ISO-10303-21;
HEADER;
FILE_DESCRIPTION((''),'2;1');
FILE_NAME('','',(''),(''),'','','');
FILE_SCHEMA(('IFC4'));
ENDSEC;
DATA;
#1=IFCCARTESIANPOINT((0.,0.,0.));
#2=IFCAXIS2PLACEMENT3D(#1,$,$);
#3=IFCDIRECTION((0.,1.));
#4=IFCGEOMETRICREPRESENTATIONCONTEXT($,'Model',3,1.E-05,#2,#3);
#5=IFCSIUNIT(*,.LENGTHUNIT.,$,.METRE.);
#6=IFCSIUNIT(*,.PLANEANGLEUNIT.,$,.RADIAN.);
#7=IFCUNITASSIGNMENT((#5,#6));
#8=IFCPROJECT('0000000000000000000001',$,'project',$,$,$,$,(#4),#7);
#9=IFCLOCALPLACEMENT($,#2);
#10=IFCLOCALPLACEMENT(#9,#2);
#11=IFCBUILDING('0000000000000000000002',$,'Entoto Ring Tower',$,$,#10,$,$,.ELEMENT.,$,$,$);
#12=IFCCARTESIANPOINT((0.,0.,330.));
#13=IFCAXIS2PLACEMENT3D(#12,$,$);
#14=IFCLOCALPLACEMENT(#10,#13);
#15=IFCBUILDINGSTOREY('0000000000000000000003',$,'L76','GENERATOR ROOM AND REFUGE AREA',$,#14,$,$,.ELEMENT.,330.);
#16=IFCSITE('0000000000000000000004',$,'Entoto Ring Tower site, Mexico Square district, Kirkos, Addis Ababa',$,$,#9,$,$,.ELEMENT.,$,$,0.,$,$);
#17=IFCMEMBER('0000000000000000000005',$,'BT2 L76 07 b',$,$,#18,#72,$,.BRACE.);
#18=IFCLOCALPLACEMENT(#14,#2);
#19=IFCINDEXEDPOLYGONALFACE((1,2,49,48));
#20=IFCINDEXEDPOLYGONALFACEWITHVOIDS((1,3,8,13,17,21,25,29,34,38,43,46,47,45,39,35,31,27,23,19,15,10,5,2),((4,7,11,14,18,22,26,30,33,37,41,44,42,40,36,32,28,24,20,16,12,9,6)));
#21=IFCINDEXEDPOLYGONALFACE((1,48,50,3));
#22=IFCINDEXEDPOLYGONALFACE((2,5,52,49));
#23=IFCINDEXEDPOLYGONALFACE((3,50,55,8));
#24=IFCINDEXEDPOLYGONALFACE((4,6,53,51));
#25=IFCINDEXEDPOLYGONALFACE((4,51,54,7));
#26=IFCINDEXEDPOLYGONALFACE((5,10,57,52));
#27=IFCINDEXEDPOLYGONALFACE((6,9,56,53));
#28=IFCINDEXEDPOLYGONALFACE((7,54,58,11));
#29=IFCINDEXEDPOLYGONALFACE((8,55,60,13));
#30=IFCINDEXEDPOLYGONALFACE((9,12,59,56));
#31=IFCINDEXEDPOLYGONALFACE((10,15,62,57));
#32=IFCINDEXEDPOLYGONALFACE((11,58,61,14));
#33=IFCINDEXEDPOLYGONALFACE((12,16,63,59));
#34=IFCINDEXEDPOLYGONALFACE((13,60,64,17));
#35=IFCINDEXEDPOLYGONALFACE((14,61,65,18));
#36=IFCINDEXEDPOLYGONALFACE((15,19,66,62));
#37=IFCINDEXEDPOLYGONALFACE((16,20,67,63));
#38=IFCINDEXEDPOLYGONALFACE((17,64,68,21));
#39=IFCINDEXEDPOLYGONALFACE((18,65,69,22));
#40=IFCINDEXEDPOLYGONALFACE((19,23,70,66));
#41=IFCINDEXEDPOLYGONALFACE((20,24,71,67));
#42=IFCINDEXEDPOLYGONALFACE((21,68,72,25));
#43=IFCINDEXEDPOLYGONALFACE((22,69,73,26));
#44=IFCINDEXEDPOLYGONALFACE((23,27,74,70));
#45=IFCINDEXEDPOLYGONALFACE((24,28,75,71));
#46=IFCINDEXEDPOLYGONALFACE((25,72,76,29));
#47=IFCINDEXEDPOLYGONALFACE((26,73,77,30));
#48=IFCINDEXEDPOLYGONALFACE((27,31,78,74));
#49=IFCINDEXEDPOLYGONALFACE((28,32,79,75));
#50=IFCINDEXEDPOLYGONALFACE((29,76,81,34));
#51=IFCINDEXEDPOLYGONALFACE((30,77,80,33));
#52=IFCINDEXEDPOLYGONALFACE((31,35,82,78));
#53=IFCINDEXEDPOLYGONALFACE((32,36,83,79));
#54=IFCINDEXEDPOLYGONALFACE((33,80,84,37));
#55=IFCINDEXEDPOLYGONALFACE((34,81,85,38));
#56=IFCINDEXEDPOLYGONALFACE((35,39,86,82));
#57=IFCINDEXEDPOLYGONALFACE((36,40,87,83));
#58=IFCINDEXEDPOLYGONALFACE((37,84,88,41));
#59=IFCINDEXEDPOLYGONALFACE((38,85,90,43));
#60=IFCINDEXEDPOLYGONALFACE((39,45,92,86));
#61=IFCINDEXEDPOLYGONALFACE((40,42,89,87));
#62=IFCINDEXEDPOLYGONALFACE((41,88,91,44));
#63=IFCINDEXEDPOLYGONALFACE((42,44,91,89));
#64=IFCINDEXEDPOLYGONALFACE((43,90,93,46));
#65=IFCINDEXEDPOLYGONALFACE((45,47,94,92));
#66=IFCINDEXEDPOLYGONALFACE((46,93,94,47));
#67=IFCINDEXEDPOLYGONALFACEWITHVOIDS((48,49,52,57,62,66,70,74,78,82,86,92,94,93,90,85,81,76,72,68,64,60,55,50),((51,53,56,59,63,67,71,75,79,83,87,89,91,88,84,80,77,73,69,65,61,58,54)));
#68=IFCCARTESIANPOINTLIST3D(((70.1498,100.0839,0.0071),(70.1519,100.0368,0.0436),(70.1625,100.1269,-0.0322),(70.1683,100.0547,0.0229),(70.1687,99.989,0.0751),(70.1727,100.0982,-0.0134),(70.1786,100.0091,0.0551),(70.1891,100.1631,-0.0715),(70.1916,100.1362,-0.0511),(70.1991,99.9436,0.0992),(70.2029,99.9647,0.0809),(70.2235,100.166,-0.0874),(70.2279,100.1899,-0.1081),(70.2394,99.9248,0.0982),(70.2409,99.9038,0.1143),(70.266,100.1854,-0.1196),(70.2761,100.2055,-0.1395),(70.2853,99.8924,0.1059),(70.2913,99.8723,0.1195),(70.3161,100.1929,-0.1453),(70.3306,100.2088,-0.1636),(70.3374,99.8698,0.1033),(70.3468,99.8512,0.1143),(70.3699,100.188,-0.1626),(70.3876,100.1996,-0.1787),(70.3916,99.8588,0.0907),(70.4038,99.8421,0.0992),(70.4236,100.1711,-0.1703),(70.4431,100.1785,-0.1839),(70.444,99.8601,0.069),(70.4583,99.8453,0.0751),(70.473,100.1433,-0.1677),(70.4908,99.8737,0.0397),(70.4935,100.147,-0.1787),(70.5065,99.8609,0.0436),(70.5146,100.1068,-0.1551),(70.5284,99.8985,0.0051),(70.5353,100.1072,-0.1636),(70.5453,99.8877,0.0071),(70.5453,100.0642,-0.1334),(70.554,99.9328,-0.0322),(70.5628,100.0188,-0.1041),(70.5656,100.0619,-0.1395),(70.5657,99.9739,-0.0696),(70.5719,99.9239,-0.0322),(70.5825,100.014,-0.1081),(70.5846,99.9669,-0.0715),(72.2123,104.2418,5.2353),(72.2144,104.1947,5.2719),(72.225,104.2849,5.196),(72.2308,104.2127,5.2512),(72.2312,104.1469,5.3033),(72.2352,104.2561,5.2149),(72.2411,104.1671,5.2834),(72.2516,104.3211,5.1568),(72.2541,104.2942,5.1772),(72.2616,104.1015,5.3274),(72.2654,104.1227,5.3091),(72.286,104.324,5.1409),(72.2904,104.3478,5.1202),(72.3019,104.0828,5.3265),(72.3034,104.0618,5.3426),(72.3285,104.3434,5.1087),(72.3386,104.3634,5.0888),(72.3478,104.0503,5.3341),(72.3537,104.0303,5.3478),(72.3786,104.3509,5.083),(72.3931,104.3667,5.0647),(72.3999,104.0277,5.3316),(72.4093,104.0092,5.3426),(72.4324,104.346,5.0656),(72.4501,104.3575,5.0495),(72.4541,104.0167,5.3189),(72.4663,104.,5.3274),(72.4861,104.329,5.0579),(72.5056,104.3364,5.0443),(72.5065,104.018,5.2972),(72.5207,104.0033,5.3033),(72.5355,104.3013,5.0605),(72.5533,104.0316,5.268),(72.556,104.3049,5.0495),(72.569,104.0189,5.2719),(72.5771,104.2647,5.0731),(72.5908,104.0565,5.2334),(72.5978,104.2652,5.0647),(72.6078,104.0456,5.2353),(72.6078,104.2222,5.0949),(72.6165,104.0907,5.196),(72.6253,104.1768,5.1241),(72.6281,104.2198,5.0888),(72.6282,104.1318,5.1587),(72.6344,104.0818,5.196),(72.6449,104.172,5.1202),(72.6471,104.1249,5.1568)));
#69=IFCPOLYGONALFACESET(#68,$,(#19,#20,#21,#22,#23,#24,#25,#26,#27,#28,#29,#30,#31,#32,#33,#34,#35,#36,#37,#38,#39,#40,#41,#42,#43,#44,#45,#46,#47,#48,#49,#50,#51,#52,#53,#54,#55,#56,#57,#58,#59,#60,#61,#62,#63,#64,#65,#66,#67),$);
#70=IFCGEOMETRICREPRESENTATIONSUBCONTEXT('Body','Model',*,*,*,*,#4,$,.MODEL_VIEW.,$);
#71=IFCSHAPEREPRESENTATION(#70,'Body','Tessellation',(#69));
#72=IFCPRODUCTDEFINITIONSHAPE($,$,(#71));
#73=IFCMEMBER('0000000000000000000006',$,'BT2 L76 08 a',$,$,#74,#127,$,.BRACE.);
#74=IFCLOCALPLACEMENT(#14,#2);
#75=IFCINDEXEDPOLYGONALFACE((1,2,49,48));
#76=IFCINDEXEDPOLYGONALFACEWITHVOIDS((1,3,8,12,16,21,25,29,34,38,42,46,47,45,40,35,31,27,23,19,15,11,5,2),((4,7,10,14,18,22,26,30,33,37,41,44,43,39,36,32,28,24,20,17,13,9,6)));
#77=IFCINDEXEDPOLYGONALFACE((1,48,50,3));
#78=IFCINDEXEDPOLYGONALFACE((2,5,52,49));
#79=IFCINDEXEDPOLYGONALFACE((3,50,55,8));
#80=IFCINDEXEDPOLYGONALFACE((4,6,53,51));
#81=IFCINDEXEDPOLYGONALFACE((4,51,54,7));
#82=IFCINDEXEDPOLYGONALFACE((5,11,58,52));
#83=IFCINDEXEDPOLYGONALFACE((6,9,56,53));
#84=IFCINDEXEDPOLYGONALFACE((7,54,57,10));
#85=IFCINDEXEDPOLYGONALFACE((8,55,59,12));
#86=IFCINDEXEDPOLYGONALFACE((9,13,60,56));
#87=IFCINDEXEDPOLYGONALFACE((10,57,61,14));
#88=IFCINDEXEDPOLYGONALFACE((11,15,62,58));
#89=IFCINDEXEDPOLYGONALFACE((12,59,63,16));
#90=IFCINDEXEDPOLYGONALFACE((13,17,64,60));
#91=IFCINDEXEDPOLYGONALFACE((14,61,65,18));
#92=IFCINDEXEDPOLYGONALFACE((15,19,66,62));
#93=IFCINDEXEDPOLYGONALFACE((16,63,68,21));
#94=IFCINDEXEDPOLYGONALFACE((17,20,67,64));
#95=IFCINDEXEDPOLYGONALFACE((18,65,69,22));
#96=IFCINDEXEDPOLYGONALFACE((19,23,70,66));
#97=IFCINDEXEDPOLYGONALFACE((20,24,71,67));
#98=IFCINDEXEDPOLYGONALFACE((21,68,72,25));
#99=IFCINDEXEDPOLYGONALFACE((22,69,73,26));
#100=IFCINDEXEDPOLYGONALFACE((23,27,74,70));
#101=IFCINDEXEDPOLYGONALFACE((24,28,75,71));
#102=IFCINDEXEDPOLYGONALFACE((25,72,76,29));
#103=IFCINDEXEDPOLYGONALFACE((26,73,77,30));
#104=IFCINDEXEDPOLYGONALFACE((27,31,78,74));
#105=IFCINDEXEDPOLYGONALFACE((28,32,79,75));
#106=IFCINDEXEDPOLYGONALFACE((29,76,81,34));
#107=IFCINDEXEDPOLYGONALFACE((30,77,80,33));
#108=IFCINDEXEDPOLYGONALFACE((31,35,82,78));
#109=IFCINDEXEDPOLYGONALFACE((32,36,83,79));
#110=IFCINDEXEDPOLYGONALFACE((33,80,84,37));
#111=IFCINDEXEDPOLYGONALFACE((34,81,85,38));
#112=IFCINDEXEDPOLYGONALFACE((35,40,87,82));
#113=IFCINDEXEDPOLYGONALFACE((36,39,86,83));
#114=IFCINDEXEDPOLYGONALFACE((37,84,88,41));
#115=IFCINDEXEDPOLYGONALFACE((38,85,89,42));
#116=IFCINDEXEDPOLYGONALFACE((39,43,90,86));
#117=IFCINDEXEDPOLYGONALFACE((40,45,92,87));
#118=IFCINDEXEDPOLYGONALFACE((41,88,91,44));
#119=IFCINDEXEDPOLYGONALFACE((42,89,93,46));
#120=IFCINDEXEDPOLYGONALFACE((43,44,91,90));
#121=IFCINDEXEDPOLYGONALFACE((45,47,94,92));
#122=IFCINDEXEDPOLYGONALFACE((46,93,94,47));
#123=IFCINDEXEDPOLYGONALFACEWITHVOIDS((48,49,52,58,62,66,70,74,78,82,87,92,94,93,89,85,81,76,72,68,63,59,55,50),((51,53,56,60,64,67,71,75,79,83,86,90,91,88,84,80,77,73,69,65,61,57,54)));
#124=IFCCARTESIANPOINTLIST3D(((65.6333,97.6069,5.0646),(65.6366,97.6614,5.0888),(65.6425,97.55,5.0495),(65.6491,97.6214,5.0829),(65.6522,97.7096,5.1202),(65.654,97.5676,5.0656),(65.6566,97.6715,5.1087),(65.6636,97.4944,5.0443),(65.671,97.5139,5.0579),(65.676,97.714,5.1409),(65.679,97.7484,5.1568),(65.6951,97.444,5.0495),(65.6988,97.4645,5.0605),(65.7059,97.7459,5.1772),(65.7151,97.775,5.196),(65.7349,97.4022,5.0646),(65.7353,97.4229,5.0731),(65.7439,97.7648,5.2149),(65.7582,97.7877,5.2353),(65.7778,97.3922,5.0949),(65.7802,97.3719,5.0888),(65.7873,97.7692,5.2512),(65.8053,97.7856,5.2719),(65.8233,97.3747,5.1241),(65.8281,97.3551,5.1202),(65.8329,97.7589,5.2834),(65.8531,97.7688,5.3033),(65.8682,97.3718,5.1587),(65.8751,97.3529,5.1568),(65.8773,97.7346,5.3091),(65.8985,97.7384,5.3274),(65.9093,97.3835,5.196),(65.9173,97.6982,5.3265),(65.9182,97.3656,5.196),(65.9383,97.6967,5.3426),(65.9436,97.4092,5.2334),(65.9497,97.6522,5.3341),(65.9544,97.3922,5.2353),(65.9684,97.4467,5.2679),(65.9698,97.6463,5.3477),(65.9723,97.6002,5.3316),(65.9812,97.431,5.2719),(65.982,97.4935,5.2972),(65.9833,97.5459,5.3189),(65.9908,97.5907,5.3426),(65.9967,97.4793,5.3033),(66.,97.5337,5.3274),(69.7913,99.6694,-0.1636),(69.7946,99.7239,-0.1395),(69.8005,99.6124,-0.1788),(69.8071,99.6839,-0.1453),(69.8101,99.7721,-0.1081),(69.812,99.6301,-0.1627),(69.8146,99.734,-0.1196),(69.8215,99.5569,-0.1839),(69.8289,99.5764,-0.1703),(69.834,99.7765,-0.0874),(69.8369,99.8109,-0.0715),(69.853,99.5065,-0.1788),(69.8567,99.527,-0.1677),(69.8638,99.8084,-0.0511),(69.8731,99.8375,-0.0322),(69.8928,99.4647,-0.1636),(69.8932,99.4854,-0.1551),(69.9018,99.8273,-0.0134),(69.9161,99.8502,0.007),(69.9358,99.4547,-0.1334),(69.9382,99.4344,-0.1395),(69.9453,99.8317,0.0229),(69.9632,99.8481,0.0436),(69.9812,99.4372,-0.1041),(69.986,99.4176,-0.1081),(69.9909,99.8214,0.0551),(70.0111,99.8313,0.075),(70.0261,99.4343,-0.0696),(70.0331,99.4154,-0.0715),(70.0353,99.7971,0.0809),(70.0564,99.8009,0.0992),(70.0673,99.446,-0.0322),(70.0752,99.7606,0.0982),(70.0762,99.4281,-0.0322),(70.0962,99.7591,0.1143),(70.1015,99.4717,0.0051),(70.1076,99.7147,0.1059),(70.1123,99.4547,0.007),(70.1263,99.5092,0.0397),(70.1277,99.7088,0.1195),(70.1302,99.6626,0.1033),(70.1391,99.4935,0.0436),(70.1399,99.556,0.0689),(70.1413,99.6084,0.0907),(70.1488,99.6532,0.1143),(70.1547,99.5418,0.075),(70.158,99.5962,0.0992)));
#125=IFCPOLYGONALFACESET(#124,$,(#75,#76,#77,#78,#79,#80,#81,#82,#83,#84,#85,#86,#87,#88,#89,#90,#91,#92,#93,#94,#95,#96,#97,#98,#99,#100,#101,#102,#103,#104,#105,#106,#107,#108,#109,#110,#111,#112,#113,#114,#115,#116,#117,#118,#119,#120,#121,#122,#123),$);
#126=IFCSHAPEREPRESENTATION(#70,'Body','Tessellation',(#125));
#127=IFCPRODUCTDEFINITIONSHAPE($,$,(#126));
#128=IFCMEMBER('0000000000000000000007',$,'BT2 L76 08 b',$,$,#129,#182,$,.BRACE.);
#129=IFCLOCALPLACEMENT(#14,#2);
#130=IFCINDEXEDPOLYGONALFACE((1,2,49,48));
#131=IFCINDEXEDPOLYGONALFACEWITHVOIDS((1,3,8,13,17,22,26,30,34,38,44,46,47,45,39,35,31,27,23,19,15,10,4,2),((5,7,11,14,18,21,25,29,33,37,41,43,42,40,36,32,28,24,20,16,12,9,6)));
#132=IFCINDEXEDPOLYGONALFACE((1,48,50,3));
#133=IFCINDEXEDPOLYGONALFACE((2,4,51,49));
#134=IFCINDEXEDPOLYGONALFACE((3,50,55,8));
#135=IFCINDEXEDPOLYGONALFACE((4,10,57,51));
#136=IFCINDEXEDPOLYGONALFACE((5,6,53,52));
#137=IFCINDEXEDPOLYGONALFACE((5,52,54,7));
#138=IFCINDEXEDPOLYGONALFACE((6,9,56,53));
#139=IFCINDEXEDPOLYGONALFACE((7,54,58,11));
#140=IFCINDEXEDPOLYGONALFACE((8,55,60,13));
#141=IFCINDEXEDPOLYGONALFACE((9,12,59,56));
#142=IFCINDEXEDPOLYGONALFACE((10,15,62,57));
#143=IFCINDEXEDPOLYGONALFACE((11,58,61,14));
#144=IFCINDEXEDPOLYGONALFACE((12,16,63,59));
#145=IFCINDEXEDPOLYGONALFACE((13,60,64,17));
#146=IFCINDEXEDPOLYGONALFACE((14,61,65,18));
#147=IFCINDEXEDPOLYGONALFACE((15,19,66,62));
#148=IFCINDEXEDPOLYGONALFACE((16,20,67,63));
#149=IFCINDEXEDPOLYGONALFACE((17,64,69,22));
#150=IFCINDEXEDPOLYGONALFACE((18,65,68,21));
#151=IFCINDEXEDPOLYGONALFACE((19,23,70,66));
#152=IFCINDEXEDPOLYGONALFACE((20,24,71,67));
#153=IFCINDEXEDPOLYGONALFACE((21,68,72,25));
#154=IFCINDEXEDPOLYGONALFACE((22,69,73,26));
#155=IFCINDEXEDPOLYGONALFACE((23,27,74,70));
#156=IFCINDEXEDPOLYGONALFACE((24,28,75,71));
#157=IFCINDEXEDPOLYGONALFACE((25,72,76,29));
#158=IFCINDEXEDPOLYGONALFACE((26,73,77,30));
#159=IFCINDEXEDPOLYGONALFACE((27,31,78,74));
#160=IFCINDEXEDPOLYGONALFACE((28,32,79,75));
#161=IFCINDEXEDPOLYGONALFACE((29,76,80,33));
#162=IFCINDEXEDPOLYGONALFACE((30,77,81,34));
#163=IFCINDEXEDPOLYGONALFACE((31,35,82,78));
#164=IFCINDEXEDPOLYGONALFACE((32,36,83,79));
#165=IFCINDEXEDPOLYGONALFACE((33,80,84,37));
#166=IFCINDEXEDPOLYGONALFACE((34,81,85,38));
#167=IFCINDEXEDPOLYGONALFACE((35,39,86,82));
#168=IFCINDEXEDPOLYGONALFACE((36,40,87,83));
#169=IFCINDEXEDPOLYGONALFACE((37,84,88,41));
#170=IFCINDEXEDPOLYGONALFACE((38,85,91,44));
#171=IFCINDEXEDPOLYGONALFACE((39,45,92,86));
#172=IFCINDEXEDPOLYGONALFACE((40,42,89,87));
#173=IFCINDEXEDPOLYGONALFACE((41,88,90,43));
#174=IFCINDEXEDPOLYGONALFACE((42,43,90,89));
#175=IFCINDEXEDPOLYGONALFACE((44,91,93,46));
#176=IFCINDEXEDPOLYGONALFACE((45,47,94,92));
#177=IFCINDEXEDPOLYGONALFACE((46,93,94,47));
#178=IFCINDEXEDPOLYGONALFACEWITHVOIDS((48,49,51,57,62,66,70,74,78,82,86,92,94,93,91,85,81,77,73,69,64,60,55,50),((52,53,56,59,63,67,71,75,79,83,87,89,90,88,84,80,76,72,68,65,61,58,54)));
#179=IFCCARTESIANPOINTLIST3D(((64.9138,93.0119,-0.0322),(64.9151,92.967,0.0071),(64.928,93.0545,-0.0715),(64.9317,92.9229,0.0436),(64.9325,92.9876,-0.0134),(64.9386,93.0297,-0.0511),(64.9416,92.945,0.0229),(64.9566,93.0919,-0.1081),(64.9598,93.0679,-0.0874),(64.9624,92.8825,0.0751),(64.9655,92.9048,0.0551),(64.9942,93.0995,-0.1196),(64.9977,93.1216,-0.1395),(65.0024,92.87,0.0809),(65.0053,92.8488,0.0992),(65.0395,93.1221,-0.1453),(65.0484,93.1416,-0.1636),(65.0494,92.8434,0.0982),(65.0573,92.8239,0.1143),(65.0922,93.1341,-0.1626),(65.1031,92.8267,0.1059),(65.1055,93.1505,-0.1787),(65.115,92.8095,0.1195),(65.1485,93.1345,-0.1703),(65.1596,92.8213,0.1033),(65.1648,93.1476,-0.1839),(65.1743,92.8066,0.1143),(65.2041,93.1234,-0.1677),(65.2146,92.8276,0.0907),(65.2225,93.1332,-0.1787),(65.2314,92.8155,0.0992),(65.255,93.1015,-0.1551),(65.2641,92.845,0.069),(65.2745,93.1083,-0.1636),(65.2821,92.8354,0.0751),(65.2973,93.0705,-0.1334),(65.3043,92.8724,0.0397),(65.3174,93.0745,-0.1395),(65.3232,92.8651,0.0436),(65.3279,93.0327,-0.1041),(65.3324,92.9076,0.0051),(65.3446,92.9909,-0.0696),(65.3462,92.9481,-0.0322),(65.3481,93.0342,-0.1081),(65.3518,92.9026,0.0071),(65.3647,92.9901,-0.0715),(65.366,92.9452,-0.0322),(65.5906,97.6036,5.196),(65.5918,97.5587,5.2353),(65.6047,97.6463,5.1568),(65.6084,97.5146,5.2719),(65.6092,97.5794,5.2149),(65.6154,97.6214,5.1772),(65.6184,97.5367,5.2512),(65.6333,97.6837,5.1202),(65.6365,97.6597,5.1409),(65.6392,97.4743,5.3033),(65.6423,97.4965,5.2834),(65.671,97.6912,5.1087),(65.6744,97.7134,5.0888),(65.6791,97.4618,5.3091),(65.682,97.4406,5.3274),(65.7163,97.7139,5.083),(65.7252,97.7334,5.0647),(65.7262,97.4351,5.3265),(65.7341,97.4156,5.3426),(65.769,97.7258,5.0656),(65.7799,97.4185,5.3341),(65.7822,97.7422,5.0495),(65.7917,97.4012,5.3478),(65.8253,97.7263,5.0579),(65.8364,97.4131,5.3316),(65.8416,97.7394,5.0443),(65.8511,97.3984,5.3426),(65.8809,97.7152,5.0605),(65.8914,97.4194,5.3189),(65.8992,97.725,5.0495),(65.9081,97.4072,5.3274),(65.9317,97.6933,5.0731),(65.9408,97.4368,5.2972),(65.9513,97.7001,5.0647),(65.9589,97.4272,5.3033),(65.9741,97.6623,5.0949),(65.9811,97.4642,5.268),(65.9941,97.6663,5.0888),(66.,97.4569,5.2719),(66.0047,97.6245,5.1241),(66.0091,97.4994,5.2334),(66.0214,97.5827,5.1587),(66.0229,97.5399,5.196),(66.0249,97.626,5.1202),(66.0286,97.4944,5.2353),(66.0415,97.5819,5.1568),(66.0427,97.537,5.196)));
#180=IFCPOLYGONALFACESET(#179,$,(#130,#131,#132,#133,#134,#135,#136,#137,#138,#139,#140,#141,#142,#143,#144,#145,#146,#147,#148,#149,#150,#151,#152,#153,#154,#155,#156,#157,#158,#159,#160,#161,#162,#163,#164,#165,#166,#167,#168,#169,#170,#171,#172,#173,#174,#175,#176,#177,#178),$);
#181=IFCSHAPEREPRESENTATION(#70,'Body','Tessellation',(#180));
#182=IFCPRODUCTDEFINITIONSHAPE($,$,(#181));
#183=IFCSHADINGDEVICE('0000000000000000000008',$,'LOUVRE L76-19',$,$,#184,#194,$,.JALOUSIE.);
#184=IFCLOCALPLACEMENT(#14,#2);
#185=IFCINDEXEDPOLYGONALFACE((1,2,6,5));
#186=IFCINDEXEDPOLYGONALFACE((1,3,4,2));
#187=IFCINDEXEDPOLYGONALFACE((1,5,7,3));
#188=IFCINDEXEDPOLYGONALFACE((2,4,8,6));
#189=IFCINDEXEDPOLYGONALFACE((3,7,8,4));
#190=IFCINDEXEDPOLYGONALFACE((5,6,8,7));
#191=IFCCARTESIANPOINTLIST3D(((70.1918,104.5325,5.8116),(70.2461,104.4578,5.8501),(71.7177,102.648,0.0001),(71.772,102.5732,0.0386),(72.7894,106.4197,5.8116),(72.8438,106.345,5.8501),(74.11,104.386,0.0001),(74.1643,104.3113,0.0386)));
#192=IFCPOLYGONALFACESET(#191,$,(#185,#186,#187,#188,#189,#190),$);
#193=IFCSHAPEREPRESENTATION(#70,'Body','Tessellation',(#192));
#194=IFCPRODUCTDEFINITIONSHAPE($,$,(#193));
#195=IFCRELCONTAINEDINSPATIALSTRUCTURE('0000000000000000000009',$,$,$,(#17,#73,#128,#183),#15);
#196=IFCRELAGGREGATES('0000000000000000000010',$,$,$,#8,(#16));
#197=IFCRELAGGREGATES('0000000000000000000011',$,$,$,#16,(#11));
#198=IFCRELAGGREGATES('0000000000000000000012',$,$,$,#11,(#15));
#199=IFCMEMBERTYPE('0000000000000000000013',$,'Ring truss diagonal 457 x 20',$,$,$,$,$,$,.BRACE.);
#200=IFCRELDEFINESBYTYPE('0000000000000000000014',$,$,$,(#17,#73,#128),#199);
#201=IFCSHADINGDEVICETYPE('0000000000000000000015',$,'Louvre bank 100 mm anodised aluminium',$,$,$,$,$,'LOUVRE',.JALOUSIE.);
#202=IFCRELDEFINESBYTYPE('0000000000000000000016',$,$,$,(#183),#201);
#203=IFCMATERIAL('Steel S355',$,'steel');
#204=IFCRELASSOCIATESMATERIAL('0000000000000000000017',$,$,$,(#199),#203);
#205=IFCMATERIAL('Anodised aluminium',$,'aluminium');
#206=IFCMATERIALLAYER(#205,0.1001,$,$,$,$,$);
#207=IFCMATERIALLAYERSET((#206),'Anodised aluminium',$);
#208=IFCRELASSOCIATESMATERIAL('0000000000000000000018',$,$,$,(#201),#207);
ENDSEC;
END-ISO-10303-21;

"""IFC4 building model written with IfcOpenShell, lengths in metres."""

from ifc_helpers import new_model, si_unit, direction, frame, origin, origin_2d, place, context, subcontext, project, spatial, polyline, circle, hollow_circle, outline, extrude, material, layer, layer_set, material_profile, profile_set, type_object, element, save


model = new_model("IFC4")

# Units and contexts
model_context = context("Model", 3, precision=1e-05, world=origin(), true_north=direction((0.0, 1.0)))
body_context = subcontext(model_context, "Body", "Model", "MODEL_VIEW")
ifc_project = project(units=[si_unit("LENGTHUNIT", "METRE"), si_unit("PLANEANGLEUNIT", "RADIAN")], contexts=[model_context])

# Site, building, storey
site_placement = place(None, origin())
site = spatial("IfcSite", under=ifc_project, at=site_placement, Name="Entoto Ring Tower site, Mexico Square district, Kirkos, Addis Ababa", CompositionType="ELEMENT", RefElevation=0.0)
building_placement = place(site_placement, origin())
building = spatial("IfcBuilding", under=site, at=building_placement, Name="Entoto Ring Tower", CompositionType="ELEMENT")
storey_placement = place(building_placement, frame((0.0, 0.0, 330.0)))
storey = spatial("IfcBuildingStorey", under=building, at=storey_placement, Name="L76", Description="GENERATOR ROOM AND REFUGE AREA", CompositionType="ELEMENT", Elevation=330.0)

# Members
ifc_material_1 = material(Name="Steel S355", Category="steel")
ifc_material_profile_1 = material_profile(ifc_material_1, hollow_circle(Radius=0.2285, WallThickness=0.02, at=origin_2d()), Name="CHS 457 x 20")
ifc_material_2 = material(Name="Concrete C60/75", Category="concrete")
ifc_material_profile_2 = material_profile(ifc_material_2, circle(Radius=0.2085, at=origin_2d()), Name="Concrete C60/75 infill")
ifc_profile_set_1 = profile_set([ifc_material_profile_1, ifc_material_profile_2], Name="Steel S355")
member_type_1 = type_object("IfcMemberType", Name="Ring truss diagonal 457 x 20", PredefinedType="BRACE", material=ifc_profile_set_1)
for number, where, z_axis, x_axis, name in (
    (1, (72.4297, 104.1833, 5.196), (-0.295012, -0.594739, -0.747832), (0.895843, -0.444371, 0.0), "BT2 L76 07 b"),
    (2, (69.9746, 99.6328, -0.0322), (-0.594739, -0.295012, 0.747832), (0.444371, -0.895843, 0.0), "BT2 L76 08 a"),
    (3, (65.8167, 97.5703, 5.196), (-0.096801, -0.656793, -0.747832), (0.989313, -0.145809, 0.0), "BT2 L76 08 b"),
):
    element("IfcMember", number, at=place(storey_placement, frame(where, z_axis=z_axis, x_axis=x_axis)), inside=storey, type_object=member_type_1, Name=name, PredefinedType="BRACE", context=body_context, shape_type="SweptSolid", body=[
        extrude(hollow_circle(Radius=0.2285, WallThickness=0.02, at=origin_2d()), origin(), (0.0, 0.0, 1.0), 6.9912),
    ])

# Shading device
ifc_material_3 = material(Name="Anodised aluminium", Category="aluminium")
ifc_layer_1 = layer(ifc_material_3, 0.1001)
ifc_layer_set_1 = layer_set([ifc_layer_1], Name="Anodised aluminium")
shading_device_type = type_object("IfcShadingDeviceType", Name="Louvre bank 100 mm anodised aluminium", ElementType="LOUVRE", PredefinedType="JALOUSIE", material=ifc_layer_set_1)
shading_device_1_placement = place(storey_placement, frame((74.1643, 104.3113, 0.0386), z_axis=(0.542551, -0.746798, 0.384619), x_axis=(-0.809032, -0.587764, 0.0)))
element("IfcShadingDevice", 4, at=shading_device_1_placement, inside=storey, type_object=shading_device_type, Name="LOUVRE L76-19", PredefinedType="JALOUSIE", context=body_context, shape_type="SweptSolid", body=[
    extrude(outline(polyline([(0.0, 0.0), (2.957, 0.0), (3.0839, -6.2958), (-0.127, -6.2958), (0.0, 0.0)])), origin(), (0.0, 0.0, -1.0), 0.1001),
])

save(model, "model.ifc")
